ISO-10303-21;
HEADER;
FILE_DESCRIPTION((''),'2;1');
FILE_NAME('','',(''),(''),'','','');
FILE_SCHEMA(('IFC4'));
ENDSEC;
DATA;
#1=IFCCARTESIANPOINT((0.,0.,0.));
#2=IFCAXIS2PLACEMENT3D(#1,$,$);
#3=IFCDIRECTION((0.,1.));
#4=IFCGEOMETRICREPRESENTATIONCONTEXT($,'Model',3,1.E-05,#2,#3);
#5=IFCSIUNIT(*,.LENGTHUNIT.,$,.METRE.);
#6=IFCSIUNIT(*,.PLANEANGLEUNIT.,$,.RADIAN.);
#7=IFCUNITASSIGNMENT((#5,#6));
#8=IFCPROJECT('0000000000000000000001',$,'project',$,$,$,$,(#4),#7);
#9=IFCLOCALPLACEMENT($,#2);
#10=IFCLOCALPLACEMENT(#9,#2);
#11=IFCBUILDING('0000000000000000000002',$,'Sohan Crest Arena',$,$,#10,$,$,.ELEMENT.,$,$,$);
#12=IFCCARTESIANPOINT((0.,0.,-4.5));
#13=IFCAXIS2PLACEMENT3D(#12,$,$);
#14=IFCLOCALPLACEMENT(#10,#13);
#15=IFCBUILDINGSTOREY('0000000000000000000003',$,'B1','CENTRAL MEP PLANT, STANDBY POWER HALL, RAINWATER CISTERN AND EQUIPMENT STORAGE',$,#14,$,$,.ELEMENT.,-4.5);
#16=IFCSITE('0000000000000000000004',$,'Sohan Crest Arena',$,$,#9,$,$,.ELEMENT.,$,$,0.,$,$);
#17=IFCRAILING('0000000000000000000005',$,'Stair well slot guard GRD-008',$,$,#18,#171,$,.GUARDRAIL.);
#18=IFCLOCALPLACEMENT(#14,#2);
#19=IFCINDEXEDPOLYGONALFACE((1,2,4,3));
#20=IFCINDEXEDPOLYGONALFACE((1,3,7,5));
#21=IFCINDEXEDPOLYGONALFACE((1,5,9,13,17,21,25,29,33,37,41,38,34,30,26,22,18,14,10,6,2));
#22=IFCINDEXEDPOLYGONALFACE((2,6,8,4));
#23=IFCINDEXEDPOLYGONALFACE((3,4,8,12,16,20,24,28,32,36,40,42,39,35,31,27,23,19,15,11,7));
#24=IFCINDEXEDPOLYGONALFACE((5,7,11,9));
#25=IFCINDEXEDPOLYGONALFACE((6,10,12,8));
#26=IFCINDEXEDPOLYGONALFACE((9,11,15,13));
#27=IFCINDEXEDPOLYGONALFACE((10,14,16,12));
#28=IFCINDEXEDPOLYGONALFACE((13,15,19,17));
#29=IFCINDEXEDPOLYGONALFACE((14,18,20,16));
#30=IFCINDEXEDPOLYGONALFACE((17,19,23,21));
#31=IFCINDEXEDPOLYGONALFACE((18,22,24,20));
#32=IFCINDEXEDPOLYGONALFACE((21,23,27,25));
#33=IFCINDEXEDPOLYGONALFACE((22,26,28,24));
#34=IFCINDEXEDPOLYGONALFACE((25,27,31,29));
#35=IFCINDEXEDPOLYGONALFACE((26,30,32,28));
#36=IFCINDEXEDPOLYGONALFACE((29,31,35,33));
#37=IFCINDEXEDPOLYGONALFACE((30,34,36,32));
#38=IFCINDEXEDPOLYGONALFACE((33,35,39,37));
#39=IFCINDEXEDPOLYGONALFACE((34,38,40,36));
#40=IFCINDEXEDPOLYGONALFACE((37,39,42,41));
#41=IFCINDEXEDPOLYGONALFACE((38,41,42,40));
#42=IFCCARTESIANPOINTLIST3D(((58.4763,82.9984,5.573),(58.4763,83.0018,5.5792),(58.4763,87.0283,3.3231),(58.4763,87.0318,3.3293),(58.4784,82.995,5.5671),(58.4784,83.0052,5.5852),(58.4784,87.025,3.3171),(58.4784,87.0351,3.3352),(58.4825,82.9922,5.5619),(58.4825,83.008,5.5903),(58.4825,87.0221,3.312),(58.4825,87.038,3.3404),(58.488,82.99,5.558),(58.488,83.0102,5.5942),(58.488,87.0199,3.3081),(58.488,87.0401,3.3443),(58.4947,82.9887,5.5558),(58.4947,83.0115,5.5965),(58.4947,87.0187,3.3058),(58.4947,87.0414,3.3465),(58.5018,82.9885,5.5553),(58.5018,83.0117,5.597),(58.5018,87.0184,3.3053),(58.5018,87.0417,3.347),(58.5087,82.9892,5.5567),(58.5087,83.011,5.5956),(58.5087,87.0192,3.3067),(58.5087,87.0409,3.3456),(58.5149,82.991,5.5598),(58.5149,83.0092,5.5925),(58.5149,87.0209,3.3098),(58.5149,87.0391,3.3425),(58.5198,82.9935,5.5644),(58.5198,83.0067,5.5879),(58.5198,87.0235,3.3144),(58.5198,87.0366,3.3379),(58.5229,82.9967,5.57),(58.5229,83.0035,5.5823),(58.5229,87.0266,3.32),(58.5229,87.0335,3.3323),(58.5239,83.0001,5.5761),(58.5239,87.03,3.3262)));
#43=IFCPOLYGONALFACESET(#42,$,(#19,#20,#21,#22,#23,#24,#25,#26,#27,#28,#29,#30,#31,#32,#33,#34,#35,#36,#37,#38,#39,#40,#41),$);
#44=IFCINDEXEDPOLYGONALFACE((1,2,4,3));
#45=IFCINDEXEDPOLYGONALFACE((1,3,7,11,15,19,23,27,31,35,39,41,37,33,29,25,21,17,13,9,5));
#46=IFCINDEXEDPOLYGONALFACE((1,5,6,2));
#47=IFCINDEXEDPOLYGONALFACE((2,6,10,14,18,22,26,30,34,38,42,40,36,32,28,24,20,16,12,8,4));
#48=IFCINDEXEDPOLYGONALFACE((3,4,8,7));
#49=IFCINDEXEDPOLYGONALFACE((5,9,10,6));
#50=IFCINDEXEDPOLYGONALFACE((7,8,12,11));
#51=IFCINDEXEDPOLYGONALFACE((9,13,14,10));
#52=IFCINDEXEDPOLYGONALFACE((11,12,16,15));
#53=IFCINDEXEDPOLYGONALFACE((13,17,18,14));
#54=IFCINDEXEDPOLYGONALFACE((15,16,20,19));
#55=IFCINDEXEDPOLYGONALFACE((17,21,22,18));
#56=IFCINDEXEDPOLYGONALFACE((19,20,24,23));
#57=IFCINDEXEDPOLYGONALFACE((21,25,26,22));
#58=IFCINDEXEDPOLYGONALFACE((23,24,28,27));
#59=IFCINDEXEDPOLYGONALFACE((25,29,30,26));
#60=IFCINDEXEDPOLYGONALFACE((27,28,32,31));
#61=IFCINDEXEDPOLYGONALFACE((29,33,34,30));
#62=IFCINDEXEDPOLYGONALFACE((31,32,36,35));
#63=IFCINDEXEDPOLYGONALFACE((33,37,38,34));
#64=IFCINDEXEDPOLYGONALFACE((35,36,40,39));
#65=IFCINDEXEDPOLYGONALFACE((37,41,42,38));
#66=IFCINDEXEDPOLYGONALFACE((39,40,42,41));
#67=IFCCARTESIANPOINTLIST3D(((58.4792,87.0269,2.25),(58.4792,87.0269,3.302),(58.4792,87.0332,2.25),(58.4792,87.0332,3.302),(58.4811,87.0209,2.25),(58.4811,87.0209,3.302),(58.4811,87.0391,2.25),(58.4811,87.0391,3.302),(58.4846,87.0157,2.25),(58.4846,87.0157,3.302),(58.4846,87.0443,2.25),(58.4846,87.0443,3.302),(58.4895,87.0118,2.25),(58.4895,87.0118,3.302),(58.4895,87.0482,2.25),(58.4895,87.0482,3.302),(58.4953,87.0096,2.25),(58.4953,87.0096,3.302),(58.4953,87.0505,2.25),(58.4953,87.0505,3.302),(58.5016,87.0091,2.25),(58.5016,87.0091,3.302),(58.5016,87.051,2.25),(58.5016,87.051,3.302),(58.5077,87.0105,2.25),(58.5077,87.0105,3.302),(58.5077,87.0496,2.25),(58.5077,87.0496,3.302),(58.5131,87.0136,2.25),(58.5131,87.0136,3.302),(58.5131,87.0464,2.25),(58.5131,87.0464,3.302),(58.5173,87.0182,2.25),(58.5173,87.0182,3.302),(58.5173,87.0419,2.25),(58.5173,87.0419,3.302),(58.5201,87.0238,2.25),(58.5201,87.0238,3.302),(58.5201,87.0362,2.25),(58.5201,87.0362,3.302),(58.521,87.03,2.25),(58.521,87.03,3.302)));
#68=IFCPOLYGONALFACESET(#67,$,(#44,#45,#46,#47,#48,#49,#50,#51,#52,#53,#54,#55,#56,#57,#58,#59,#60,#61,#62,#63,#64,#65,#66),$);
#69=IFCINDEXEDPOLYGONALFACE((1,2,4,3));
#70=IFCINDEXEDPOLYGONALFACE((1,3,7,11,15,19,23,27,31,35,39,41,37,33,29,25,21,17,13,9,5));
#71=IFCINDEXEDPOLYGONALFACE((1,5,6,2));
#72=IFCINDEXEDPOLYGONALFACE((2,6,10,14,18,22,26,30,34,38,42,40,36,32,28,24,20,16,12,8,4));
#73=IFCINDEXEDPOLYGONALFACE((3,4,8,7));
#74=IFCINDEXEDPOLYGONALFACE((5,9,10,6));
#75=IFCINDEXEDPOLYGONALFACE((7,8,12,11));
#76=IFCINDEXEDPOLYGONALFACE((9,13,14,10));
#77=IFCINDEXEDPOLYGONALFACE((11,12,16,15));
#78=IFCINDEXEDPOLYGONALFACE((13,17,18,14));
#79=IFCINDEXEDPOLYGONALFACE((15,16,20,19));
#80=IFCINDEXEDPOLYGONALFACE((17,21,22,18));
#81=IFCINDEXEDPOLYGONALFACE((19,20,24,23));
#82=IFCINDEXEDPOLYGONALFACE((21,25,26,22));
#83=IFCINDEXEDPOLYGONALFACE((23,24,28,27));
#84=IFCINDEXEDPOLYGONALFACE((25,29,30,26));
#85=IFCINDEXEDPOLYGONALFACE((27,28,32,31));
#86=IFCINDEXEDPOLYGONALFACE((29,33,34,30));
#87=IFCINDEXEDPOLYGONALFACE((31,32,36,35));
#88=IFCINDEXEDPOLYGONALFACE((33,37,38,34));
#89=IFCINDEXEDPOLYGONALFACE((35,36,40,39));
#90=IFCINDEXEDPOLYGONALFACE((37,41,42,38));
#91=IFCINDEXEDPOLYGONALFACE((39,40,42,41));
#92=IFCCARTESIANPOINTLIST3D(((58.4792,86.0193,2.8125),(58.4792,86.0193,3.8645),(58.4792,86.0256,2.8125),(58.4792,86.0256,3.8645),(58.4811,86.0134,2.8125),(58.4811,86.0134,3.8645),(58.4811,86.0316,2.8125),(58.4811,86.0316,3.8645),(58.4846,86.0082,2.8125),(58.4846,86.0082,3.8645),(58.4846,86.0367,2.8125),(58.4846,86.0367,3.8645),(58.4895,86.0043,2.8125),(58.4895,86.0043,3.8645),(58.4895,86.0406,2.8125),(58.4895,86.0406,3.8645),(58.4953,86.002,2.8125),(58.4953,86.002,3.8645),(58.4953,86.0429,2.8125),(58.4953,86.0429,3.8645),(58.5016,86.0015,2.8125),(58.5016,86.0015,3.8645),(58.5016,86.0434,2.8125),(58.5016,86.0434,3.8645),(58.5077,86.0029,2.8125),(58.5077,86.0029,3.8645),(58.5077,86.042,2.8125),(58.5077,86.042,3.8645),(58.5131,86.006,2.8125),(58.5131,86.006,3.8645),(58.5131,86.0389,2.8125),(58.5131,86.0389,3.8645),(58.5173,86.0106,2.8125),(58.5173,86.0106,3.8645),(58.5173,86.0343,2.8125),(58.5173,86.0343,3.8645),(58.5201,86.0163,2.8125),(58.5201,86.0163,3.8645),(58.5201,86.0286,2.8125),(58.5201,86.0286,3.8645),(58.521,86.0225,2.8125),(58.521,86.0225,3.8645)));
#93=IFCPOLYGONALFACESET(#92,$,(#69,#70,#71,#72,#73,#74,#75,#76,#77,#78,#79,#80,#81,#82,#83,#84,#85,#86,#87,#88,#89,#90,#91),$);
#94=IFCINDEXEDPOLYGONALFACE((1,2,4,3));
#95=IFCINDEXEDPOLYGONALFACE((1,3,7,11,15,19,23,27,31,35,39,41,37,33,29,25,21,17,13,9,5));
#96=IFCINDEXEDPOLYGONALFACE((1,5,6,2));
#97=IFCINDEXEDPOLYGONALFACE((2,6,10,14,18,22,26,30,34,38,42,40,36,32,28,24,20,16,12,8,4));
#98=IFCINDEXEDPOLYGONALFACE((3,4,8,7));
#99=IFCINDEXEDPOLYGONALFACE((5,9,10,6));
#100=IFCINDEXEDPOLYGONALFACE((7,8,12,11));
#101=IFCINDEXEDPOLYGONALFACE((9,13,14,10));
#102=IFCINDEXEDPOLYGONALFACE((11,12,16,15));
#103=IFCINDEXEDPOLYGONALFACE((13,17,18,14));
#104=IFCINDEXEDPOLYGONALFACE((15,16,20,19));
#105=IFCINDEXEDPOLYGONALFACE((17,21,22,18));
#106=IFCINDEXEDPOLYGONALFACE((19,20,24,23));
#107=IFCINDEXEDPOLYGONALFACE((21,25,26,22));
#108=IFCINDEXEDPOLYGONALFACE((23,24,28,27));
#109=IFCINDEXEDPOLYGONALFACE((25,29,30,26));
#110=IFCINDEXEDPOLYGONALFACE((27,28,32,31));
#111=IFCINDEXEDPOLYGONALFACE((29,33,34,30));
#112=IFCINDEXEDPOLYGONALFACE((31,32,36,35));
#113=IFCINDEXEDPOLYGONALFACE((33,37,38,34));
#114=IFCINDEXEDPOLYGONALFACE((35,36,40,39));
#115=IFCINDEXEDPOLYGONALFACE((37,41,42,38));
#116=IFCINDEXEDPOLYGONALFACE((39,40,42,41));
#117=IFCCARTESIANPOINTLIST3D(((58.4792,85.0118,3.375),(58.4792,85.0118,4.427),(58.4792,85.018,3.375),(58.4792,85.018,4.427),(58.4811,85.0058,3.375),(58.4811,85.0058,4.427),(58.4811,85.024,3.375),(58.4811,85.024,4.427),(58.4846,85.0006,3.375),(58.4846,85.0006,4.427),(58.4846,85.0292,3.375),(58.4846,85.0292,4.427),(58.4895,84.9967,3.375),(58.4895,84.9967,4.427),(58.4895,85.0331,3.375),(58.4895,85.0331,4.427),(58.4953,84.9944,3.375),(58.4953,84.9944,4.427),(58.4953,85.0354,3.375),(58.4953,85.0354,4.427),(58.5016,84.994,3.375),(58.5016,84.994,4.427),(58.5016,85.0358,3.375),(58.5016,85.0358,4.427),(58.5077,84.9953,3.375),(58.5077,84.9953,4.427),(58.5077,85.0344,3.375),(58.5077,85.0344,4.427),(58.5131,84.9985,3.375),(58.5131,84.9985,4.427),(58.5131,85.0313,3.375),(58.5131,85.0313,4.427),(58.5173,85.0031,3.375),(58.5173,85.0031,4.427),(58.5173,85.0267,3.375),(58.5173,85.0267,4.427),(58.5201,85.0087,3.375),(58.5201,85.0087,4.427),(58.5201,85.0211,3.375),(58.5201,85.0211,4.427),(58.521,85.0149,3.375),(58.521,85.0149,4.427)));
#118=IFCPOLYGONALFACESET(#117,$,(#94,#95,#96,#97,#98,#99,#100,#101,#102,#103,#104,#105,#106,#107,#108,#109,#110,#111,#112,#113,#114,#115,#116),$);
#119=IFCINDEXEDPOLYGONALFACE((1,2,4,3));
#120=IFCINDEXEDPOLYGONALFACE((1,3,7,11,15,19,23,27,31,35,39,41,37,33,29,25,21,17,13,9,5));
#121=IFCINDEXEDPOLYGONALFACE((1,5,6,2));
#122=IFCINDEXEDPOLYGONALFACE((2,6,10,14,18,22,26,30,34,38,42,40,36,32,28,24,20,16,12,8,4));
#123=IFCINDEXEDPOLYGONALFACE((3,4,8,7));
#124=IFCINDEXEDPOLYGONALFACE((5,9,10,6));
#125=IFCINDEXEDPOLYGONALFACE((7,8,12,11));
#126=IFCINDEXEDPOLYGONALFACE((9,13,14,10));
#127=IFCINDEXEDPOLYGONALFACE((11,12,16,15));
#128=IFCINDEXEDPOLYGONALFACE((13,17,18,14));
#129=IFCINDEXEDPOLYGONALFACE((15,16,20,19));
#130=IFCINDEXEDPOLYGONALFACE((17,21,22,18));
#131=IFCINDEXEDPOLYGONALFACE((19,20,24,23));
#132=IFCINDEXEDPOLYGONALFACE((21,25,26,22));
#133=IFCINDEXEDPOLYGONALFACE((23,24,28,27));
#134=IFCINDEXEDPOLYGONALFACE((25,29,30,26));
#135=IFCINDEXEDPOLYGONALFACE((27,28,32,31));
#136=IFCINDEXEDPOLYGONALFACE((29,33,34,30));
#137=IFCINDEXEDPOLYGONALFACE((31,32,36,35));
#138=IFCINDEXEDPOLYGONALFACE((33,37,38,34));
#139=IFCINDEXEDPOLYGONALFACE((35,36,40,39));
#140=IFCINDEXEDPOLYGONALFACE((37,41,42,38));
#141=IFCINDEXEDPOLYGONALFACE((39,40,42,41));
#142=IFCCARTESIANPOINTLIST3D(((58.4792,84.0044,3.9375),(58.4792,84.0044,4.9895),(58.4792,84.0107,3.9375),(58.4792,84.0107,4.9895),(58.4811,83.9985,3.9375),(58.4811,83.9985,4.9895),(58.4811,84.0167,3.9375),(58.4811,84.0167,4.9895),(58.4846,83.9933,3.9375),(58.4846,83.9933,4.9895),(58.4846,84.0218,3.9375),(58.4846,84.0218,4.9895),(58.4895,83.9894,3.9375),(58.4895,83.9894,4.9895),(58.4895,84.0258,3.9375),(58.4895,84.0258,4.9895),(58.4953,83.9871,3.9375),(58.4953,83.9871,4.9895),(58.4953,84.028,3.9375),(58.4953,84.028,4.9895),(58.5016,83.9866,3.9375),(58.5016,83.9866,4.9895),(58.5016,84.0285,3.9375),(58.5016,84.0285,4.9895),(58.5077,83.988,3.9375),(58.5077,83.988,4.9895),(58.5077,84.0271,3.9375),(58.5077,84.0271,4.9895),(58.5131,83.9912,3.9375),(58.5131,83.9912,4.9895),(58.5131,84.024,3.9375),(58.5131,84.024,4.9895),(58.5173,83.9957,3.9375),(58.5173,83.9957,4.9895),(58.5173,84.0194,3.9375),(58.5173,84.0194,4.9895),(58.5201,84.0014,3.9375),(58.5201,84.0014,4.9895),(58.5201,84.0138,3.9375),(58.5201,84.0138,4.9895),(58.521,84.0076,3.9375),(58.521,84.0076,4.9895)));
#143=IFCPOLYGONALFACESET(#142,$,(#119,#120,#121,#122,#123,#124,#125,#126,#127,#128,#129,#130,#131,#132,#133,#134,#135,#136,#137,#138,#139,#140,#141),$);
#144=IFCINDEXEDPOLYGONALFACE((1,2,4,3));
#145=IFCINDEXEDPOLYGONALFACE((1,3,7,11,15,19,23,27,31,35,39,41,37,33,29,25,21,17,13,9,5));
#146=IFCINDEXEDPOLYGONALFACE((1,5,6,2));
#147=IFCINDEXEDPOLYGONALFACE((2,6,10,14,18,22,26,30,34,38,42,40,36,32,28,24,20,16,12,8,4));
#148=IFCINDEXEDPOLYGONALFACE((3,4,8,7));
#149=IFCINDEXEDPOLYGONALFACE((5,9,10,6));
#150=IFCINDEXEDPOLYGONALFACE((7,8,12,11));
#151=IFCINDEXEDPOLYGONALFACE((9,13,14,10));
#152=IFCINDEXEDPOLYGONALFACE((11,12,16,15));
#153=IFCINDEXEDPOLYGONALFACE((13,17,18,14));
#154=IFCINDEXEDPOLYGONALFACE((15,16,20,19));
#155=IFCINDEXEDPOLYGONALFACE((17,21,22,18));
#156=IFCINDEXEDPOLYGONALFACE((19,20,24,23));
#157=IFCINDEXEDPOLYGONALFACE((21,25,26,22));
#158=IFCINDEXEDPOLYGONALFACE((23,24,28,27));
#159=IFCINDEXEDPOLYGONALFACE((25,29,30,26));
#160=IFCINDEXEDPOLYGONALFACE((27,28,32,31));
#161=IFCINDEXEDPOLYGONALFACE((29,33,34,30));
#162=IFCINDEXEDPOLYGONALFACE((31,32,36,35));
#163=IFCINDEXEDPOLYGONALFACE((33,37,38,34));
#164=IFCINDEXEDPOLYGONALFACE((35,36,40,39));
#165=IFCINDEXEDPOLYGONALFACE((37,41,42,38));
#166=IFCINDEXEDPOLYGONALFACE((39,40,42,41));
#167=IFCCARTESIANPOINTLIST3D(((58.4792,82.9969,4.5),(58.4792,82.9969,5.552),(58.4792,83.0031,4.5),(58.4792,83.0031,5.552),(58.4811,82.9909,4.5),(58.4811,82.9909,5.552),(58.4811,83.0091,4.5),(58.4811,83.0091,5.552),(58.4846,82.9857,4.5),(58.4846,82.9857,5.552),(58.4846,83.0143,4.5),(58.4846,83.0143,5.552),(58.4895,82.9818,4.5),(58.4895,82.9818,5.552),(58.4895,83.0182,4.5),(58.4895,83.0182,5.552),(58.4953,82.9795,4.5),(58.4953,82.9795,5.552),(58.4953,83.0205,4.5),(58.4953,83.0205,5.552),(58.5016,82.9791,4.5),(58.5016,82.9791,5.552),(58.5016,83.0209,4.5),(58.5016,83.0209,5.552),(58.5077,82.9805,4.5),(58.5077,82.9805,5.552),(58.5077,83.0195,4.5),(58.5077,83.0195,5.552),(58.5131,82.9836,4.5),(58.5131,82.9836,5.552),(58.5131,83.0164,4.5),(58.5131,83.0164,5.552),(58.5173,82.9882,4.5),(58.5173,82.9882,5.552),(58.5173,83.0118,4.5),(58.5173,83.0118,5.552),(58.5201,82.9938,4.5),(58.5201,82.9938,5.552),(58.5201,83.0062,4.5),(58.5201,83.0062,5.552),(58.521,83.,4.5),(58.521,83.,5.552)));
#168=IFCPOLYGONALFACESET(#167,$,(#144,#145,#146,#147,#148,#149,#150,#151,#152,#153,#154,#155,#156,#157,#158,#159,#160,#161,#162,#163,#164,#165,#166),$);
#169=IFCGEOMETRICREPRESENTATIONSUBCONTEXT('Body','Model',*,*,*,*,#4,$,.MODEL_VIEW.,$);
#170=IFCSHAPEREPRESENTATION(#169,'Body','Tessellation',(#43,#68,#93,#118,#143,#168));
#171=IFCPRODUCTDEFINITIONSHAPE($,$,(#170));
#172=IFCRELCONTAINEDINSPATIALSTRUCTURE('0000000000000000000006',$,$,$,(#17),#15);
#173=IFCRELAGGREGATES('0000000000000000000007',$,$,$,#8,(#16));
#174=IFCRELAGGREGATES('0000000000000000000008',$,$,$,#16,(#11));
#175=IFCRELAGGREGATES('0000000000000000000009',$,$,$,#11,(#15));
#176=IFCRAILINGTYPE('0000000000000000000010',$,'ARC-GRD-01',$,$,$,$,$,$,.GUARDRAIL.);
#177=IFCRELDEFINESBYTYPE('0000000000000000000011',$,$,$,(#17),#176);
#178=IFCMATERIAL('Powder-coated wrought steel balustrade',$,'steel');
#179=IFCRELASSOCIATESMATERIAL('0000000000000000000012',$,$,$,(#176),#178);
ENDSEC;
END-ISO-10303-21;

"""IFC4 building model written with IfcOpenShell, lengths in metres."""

from ifc_helpers import new_model, si_unit, direction, frame, origin, origin_2d, place, context, subcontext, project, spatial, circle, extrude, material, type_object, element, save


model = new_model("IFC4")

# Units and contexts
model_context = context("Model", 3, precision=1e-05, world=origin(), true_north=direction((0.0, 1.0)))
body_context = subcontext(model_context, "Body", "Model", "MODEL_VIEW")
ifc_project = project(units=[si_unit("LENGTHUNIT", "METRE"), si_unit("PLANEANGLEUNIT", "RADIAN")], contexts=[model_context])

# Site, building, storey
site_placement = place(None, origin())
site = spatial("IfcSite", under=ifc_project, at=site_placement, Name="Sohan Crest Arena", CompositionType="ELEMENT", RefElevation=0.0)
building_placement = place(site_placement, origin())
building = spatial("IfcBuilding", under=site, at=building_placement, Name="Sohan Crest Arena", CompositionType="ELEMENT")
storey_placement = place(building_placement, frame((0.0, 0.0, -4.5)))
storey = spatial("IfcBuildingStorey", under=building, at=storey_placement, Name="B1", Description="CENTRAL MEP PLANT, STANDBY POWER HALL, RAINWATER CISTERN AND EQUIPMENT STORAGE", CompositionType="ELEMENT", Elevation=-4.5)

# Railing
ifc_material_1 = material(Name="Powder-coated wrought steel balustrade", Category="steel")
railing_type_1 = type_object("IfcRailingType", Name="ARC-GRD-01", PredefinedType="GUARDRAIL", material=ifc_material_1)
for number, where, name in (
    (1, (58.5, 87.03, 2.25), "Stair well slot guard GRD-008"),
):
    element("IfcRailing", number, at=place(storey_placement, frame(where)), inside=storey, type_object=railing_type_1, Name=name, PredefinedType="GUARDRAIL", context=body_context, shape_type="SweptSolid", body=[
        extrude(circle(Radius=0.0239, at=origin_2d()), frame((0.0, 0.0, 1.0762), z_axis=(0.0, -0.873135, 0.487479), x_axis=(1.0, 0.0, 0.0)), (0.0, 0.0, 1.0), 4.6155),
        extrude(circle(Radius=0.021, at=origin_2d()), origin(), (0.0, 0.0, 1.0), 1.052),
        extrude(circle(Radius=0.021, at=origin_2d()), frame((0.0, -1.0076, 0.5625)), (0.0, 0.0, 1.0), 1.052),
        extrude(circle(Radius=0.021, at=origin_2d()), frame((0.0, -2.0151, 1.125)), (0.0, 0.0, 1.0), 1.052),
        extrude(circle(Radius=0.021, at=origin_2d()), frame((0.0, -3.0225, 1.6875)), (0.0, 0.0, 1.0), 1.052),
        extrude(circle(Radius=0.021, at=origin_2d()), frame((0.0, -4.03, 2.25)), (0.0, 0.0, 1.0), 1.052),
    ])

save(model, "model.ifc")
